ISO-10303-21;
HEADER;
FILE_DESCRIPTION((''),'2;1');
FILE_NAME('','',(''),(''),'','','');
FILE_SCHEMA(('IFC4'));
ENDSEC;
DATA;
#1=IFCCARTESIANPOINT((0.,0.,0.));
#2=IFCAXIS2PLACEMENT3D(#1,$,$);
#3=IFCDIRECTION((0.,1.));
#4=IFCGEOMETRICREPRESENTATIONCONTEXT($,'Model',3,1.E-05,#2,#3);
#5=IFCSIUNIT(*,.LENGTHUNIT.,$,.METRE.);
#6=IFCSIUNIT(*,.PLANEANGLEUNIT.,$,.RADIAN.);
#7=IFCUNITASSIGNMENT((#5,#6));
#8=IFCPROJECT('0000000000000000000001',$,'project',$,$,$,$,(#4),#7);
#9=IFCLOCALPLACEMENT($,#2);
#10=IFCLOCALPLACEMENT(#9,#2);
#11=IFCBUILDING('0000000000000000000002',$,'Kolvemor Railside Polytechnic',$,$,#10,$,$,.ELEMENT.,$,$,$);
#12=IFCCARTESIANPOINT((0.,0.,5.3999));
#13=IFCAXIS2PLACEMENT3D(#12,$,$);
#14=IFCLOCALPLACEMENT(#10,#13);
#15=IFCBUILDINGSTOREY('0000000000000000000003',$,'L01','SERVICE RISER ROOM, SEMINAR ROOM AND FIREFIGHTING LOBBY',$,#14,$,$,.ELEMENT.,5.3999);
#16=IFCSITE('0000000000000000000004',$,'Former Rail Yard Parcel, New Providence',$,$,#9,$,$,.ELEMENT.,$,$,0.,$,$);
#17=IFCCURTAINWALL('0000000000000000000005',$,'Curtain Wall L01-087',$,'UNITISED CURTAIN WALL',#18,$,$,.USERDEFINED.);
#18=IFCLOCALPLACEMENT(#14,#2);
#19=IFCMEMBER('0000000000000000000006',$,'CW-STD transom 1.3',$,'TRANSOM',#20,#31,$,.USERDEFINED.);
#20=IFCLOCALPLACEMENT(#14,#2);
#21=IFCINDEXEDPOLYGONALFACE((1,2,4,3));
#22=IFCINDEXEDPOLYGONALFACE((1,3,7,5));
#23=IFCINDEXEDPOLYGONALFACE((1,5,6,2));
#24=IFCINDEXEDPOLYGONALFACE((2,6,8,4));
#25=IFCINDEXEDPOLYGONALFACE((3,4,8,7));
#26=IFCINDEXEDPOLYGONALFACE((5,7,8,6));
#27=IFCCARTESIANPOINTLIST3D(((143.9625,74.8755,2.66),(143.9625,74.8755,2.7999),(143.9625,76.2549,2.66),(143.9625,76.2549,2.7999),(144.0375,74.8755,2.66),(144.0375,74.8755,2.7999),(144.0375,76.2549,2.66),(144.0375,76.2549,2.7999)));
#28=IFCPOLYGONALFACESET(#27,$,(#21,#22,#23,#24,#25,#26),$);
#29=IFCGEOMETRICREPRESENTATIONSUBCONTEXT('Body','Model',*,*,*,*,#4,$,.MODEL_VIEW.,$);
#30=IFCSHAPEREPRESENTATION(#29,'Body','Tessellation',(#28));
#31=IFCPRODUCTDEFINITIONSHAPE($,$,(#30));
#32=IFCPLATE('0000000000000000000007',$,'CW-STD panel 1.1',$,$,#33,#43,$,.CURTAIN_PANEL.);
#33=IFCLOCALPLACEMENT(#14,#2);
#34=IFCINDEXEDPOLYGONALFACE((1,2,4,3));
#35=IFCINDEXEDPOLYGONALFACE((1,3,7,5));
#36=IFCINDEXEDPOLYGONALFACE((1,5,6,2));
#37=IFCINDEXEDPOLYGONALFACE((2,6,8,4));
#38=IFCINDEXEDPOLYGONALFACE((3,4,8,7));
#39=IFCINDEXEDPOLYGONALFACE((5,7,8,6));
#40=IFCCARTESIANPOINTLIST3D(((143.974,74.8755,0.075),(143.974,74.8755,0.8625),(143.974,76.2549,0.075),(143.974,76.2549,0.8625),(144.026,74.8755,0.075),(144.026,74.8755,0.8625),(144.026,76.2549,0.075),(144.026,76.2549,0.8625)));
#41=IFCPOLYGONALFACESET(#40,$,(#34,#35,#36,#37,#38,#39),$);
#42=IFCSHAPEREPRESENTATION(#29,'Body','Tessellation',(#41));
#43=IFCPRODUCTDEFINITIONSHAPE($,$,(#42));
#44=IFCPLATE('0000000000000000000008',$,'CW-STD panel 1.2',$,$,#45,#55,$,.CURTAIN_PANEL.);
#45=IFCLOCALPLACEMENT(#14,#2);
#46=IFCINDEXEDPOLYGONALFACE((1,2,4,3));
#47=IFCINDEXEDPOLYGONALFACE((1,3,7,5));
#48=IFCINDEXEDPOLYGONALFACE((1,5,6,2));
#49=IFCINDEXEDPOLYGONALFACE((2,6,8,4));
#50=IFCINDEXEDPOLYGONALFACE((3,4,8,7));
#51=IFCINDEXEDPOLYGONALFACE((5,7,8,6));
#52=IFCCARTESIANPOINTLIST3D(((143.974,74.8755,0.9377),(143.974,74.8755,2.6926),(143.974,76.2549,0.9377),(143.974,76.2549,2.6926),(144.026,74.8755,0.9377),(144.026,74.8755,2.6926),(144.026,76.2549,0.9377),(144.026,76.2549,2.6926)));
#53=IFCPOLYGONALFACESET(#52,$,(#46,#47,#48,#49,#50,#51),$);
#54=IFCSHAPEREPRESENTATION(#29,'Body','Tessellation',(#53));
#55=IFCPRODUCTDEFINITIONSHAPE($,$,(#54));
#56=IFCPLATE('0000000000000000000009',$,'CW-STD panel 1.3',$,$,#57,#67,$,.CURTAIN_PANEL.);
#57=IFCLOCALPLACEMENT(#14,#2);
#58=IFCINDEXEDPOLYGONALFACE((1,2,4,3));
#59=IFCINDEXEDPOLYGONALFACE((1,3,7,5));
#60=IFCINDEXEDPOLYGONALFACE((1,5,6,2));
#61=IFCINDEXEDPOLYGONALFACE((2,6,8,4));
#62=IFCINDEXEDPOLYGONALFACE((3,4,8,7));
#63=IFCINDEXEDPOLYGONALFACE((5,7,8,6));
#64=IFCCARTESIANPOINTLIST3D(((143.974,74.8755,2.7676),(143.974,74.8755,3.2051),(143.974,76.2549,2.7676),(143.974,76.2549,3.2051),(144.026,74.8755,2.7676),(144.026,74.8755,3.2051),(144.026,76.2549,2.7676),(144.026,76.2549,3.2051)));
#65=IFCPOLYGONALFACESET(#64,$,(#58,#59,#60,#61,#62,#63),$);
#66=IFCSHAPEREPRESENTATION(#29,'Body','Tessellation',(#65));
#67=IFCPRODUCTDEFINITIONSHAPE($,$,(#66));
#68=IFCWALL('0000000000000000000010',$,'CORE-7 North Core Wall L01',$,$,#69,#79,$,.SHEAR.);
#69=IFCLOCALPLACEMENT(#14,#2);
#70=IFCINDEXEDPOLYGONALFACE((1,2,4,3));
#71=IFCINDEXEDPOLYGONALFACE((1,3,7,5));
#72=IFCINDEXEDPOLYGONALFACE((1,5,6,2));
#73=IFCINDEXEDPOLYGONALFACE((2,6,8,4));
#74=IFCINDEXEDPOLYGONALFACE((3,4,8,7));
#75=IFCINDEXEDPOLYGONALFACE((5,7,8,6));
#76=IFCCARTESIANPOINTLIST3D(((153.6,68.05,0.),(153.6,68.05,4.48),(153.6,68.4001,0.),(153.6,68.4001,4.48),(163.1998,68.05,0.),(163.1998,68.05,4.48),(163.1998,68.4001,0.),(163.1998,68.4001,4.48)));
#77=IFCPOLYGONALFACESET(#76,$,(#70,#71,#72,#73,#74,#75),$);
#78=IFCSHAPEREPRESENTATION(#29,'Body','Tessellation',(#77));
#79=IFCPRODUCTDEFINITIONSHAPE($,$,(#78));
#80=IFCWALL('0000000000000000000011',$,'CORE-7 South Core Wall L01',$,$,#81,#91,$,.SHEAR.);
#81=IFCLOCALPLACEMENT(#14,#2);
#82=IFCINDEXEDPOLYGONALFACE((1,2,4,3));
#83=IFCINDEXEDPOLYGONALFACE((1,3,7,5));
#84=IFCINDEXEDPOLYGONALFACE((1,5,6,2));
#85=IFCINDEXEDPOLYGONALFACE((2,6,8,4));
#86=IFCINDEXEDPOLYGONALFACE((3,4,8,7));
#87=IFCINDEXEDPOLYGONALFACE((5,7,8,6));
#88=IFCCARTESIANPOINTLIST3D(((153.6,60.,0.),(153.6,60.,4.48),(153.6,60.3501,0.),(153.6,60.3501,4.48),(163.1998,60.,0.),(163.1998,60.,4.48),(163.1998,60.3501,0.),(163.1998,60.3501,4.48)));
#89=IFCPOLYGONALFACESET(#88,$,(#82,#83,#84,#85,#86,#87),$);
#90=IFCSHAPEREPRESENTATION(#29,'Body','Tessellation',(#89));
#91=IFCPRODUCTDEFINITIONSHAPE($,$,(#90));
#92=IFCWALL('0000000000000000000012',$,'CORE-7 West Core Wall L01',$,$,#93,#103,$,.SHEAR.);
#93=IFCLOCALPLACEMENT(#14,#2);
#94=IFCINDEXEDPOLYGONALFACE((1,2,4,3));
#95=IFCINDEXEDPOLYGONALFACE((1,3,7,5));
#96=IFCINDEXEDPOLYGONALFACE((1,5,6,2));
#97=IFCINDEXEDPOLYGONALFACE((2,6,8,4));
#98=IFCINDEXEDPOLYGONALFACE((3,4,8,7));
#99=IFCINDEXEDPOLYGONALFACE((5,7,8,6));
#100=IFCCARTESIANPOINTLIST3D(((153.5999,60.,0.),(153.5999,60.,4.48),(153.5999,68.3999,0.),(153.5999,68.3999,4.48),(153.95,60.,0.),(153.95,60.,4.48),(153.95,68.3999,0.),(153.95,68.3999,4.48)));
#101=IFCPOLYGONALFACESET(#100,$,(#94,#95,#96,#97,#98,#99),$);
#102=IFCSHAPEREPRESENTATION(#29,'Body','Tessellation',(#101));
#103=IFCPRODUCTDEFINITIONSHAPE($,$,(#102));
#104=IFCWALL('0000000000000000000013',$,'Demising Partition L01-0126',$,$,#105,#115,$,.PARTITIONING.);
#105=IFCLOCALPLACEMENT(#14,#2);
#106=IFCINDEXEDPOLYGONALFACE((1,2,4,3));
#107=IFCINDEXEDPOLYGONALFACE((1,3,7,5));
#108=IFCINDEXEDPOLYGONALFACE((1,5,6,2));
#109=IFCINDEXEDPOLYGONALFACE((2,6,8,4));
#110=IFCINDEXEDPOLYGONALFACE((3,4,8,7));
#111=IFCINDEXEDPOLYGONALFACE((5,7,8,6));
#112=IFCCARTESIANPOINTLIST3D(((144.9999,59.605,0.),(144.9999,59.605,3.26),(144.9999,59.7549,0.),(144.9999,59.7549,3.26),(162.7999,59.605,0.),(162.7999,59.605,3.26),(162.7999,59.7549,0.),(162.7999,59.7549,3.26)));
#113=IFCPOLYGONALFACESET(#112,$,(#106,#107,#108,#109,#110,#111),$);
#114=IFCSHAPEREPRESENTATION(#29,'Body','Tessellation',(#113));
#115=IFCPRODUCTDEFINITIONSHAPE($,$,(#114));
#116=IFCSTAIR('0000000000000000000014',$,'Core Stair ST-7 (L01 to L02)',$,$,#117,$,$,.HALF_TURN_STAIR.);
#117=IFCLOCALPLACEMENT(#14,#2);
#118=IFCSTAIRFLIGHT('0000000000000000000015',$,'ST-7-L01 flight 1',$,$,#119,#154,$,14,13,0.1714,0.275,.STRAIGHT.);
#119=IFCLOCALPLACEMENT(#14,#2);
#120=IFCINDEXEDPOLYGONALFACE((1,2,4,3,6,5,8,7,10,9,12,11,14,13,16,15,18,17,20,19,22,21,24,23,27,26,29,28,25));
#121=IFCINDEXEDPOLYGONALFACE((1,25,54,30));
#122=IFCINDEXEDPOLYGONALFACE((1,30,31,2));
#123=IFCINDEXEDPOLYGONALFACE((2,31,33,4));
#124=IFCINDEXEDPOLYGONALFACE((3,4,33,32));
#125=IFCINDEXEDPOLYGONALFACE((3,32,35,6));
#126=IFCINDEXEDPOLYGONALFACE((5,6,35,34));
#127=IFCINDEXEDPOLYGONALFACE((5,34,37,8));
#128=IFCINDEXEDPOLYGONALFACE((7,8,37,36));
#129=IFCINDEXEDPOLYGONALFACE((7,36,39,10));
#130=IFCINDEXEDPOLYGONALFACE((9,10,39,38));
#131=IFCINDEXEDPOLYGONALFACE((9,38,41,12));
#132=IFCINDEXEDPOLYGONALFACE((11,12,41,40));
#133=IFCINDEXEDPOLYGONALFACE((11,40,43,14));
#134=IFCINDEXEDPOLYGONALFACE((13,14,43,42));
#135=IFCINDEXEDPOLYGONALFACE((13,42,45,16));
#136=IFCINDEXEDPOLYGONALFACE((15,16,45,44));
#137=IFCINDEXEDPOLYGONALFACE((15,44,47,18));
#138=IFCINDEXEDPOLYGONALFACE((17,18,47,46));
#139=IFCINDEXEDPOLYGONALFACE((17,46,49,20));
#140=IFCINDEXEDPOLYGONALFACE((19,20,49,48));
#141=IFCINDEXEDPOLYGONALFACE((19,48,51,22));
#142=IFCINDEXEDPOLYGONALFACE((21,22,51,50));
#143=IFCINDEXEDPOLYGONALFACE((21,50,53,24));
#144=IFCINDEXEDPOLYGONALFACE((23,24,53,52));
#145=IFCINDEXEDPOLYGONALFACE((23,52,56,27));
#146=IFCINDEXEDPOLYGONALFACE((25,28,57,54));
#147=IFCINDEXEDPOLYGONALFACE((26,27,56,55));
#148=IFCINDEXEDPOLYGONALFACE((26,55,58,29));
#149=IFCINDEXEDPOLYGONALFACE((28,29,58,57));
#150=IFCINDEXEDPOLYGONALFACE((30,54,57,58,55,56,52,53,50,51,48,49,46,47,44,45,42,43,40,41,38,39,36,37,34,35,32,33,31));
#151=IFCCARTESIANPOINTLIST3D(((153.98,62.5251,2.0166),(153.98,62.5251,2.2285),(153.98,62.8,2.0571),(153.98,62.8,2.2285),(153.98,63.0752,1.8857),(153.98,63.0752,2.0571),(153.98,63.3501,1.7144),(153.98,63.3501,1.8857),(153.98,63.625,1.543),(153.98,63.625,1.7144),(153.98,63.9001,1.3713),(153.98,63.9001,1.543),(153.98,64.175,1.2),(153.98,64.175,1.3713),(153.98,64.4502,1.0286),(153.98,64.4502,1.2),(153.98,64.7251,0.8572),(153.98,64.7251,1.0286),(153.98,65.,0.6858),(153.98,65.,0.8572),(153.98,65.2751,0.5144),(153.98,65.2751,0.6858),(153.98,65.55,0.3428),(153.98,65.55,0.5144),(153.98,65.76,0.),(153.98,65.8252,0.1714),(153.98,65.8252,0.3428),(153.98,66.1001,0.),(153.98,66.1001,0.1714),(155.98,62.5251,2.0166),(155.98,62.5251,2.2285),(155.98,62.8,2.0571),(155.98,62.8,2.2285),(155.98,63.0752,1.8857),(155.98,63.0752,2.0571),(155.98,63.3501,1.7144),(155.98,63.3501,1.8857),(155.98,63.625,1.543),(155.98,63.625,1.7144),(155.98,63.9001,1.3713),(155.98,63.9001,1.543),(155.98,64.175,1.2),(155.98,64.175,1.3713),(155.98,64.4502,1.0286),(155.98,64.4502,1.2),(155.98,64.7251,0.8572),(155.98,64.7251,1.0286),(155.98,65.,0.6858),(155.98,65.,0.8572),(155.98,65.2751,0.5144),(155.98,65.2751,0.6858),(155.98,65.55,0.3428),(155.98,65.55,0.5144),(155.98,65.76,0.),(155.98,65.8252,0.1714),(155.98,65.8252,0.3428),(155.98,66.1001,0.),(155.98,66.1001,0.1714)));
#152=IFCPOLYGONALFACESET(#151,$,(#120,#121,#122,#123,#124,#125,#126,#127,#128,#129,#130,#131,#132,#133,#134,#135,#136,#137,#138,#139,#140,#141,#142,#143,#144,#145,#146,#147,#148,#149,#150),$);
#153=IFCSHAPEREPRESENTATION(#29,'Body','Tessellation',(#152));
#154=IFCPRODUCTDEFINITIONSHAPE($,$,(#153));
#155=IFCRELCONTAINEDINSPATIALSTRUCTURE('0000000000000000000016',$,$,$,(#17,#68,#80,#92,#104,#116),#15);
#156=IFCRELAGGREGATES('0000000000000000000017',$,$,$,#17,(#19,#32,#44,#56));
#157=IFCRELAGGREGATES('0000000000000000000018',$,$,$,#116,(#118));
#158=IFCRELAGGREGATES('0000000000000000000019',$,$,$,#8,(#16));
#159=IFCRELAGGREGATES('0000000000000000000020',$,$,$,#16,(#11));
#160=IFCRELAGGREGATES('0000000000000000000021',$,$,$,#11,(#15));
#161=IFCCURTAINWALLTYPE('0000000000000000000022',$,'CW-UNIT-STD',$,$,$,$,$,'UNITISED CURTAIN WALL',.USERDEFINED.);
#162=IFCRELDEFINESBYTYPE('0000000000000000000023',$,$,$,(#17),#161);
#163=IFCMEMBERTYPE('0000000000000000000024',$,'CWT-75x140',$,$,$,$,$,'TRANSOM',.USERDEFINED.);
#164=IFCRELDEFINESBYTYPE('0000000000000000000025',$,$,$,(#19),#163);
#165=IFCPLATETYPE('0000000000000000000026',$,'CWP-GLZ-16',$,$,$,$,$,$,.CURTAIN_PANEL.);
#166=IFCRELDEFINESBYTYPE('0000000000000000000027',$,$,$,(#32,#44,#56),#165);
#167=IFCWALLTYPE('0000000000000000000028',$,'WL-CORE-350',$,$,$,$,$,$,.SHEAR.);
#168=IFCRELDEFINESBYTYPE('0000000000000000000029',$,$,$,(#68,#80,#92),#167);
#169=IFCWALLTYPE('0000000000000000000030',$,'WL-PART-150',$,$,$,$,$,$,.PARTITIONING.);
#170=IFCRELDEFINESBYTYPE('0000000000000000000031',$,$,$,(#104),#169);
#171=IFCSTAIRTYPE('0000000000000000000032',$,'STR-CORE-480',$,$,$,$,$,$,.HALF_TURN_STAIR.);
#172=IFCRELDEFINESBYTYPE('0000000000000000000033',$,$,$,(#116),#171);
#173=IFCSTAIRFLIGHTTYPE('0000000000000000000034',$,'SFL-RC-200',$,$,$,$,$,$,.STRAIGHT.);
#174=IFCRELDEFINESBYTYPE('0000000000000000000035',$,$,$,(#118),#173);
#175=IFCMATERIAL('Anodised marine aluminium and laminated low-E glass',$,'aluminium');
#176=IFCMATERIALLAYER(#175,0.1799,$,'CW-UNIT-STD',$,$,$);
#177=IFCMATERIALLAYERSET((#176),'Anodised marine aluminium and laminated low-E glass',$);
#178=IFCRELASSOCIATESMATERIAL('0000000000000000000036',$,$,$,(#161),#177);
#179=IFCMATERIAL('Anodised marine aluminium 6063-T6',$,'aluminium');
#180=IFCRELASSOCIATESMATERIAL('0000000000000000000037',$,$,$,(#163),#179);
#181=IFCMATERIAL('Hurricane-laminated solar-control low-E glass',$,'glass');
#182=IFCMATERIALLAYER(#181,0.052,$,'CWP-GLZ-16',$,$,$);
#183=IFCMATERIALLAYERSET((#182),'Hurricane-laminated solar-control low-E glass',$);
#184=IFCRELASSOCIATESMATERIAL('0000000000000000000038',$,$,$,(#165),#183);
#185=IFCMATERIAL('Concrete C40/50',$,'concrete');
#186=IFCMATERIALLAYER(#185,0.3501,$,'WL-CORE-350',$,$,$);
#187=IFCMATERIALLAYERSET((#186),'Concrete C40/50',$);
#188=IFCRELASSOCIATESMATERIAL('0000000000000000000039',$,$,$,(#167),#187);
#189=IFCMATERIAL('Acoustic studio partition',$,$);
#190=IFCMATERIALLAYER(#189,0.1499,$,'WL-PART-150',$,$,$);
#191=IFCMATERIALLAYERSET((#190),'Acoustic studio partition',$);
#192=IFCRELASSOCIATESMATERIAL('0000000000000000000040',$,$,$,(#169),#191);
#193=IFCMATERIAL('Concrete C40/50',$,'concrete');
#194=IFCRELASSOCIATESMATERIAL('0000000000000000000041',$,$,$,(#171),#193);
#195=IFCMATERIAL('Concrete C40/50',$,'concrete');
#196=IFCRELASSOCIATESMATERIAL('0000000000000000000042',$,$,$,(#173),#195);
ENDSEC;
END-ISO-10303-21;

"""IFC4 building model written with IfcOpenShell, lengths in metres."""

from ifc_helpers import new_model, si_unit, direction, frame, frame_2d, origin, origin_2d, place, context, subcontext, project, spatial, polyline, rectangle, outline, extrude, material, layer, layer_set, material_profile, profile_set, type_object, element, aggregate, save


model = new_model("IFC4")

# Units and contexts
model_context = context("Model", 3, precision=1e-05, world=origin(), true_north=direction((0.0, 1.0)))
body_context = subcontext(model_context, "Body", "Model", "MODEL_VIEW")
ifc_project = project(units=[si_unit("LENGTHUNIT", "METRE"), si_unit("PLANEANGLEUNIT", "RADIAN")], contexts=[model_context])

# Site, building, storey
site_placement = place(None, origin())
site = spatial("IfcSite", under=ifc_project, at=site_placement, Name="Former Rail Yard Parcel, New Providence", CompositionType="ELEMENT", RefElevation=0.0)
building_placement = place(site_placement, origin())
building = spatial("IfcBuilding", under=site, at=building_placement, Name="Kolvemor Railside Polytechnic", CompositionType="ELEMENT")
storey_placement = place(building_placement, frame((0.0, 0.0, 5.3999)))
storey = spatial("IfcBuildingStorey", under=building, at=storey_placement, Name="L01", Description="SERVICE RISER ROOM, SEMINAR ROOM AND FIREFIGHTING LOBBY", CompositionType="ELEMENT", Elevation=5.3999)

# Curtain wall, member, plates
ifc_material_1 = material(Name="Anodised marine aluminium and laminated low-E glass", Category="aluminium")
ifc_layer_1 = layer(ifc_material_1, 0.1799, Name="CW-UNIT-STD")
ifc_layer_set_1 = layer_set([ifc_layer_1], Name="Anodised marine aluminium and laminated low-E glass")
curtain_wall_type = type_object("IfcCurtainWallType", Name="CW-UNIT-STD", ElementType="UNITISED CURTAIN WALL", PredefinedType="USERDEFINED", material=ifc_layer_set_1)
curtain_wall_placement = place(storey_placement, origin())
curtain_wall = element("IfcCurtainWall", 1, at=curtain_wall_placement, inside=storey, type_object=curtain_wall_type, Name="Curtain Wall L01-087", ObjectType="UNITISED CURTAIN WALL", PredefinedType="USERDEFINED")
ifc_material_2 = material(Name="Anodised marine aluminium 6063-T6", Category="aluminium")
ifc_material_profile_1 = material_profile(ifc_material_2, rectangle(XDim=0.075, YDim=0.1399, at=origin_2d()), Name="CW-TRN-75x140")
ifc_profile_set_1 = profile_set([ifc_material_profile_1], Name="Anodised marine aluminium 6063-T6")
member_type_1 = type_object("IfcMemberType", Name="CWT-75x140", ElementType="TRANSOM", PredefinedType="USERDEFINED", material=ifc_profile_set_1)
member_1_placement = place(storey_placement, frame((144.0, 76.2549, 2.73), z_axis=(0.0, -1.0, 0.0), x_axis=(1.0, 0.0, 0.0)))
member_1 = element("IfcMember", 2, at=member_1_placement, type_object=member_type_1, Name="CW-STD transom 1.3", ObjectType="TRANSOM", PredefinedType="USERDEFINED", context=body_context, shape_type="SweptSolid", body=[
    extrude(rectangle(XDim=0.075, YDim=0.1399, at=origin_2d()), origin(), (0.0, 0.0, 1.0), 1.3794),
])
ifc_material_3 = material(Name="Hurricane-laminated solar-control low-E glass", Category="glass")
ifc_layer_2 = layer(ifc_material_3, 0.052, Name="CWP-GLZ-16")
ifc_layer_set_2 = layer_set([ifc_layer_2], Name="Hurricane-laminated solar-control low-E glass")
plate_type = type_object("IfcPlateType", Name="CWP-GLZ-16", PredefinedType="CURTAIN_PANEL", material=ifc_layer_set_2)
plate_1_placement = place(storey_placement, frame((144.0, 75.5652, 0.075), z_axis=(0.0, 0.0, 1.0), x_axis=(0.0, -1.0, 0.0)))
plate_1 = element("IfcPlate", 3, at=plate_1_placement, type_object=plate_type, Name="CW-STD panel 1.1", PredefinedType="CURTAIN_PANEL", context=body_context, shape_type="SweptSolid", body=[
    extrude(rectangle(XDim=1.3794, YDim=0.052, at=origin_2d()), origin(), (0.0, 0.0, 1.0), 0.7876),
])
plate_2_placement = place(storey_placement, frame((144.0, 75.5652, 0.9377), z_axis=(0.0, 0.0, 1.0), x_axis=(0.0, -1.0, 0.0)))
plate_2 = element("IfcPlate", 4, at=plate_2_placement, type_object=plate_type, Name="CW-STD panel 1.2", PredefinedType="CURTAIN_PANEL", context=body_context, shape_type="SweptSolid", body=[
    extrude(rectangle(XDim=1.3794, YDim=0.052, at=origin_2d()), origin(), (0.0, 0.0, 1.0), 1.7549),
])
plate_3_placement = place(storey_placement, frame((144.0, 75.5652, 2.7676), z_axis=(0.0, 0.0, 1.0), x_axis=(0.0, -1.0, 0.0)))
plate_3 = element("IfcPlate", 5, at=plate_3_placement, type_object=plate_type, Name="CW-STD panel 1.3", PredefinedType="CURTAIN_PANEL", context=body_context, shape_type="SweptSolid", body=[
    extrude(rectangle(XDim=1.3794, YDim=0.052, at=origin_2d()), origin(), (0.0, 0.0, 1.0), 0.4375),
])
aggregate(curtain_wall, [member_1, plate_1, plate_2, plate_3])

# Walls
ifc_material_4 = material(Name="Concrete C40/50", Category="concrete")
ifc_layer_3 = layer(ifc_material_4, 0.3501, Name="WL-CORE-350")
ifc_layer_set_3 = layer_set([ifc_layer_3], Name="Concrete C40/50")
wall_type_1 = type_object("IfcWallType", Name="WL-CORE-350", PredefinedType="SHEAR", material=ifc_layer_set_3)
for number, where, z_axis, x_axis, name in (
    (6, (153.6001, 68.2251, 0.0), (0.0, 0.0, 1.0), (1.0, 0.0, 0.0), "CORE-7 North Core Wall L01"),
    (7, (153.6001, 60.175, 0.0), (0.0, 0.0, 1.0), (1.0, 0.0, 0.0), "CORE-7 South Core Wall L01"),
):
    element("IfcWall", number, at=place(storey_placement, frame(where, z_axis=z_axis, x_axis=x_axis)), inside=storey, type_object=wall_type_1, Name=name, PredefinedType="SHEAR", context=body_context, shape_type="SweptSolid", body=[
        extrude(rectangle(XDim=9.5999, YDim=0.3501, at=frame_2d((4.7998, 0.0))), origin(), (0.0, 0.0, 1.0), 4.48),
    ])
wall_1_placement = place(storey_placement, frame((153.7749, 60.0, 0.0), z_axis=(0.0, 0.0, 1.0), x_axis=(0.0, 1.0, 0.0)))
element("IfcWall", 8, at=wall_1_placement, inside=storey, type_object=wall_type_1, Name="CORE-7 West Core Wall L01", PredefinedType="SHEAR", context=body_context, shape_type="SweptSolid", body=[
    extrude(rectangle(XDim=8.3999, YDim=0.3501, at=frame_2d((4.2, 0.0))), origin(), (0.0, 0.0, 1.0), 4.48),
])
ifc_material_5 = material(Name="Acoustic studio partition")
ifc_layer_4 = layer(ifc_material_5, 0.1499, Name="WL-PART-150")
ifc_layer_set_4 = layer_set([ifc_layer_4], Name="Acoustic studio partition")
wall_type_2 = type_object("IfcWallType", Name="WL-PART-150", PredefinedType="PARTITIONING", material=ifc_layer_set_4)
wall_2_placement = place(storey_placement, frame((145.0, 59.6799, 0.0), z_axis=(0.0, 0.0, 1.0), x_axis=(1.0, 0.0, 0.0)))
element("IfcWall", 9, at=wall_2_placement, inside=storey, type_object=wall_type_2, Name="Demising Partition L01-0126", PredefinedType="PARTITIONING", context=body_context, shape_type="SweptSolid", body=[
    extrude(rectangle(XDim=17.8, YDim=0.1499, at=frame_2d((8.8999, 0.0))), origin(), (0.0, 0.0, 1.0), 3.26),
])

# Stair, stair flight
ifc_material_6 = material(Name="Concrete C40/50", Category="concrete")
stair_type = type_object("IfcStairType", Name="STR-CORE-480", PredefinedType="HALF_TURN_STAIR", material=ifc_material_6)
stair_placement = place(storey_placement, origin())
stair = element("IfcStair", 10, at=stair_placement, inside=storey, type_object=stair_type, Name="Core Stair ST-7 (L01 to L02)", PredefinedType="HALF_TURN_STAIR")
ifc_material_7 = material(Name="Concrete C40/50", Category="concrete")
stair_flight_type = type_object("IfcStairFlightType", Name="SFL-RC-200", PredefinedType="STRAIGHT", material=ifc_material_7)
stair_flight_placement = place(storey_placement, frame((154.98, 66.1001, 0.0), z_axis=(0.0, 0.0, 1.0), x_axis=(0.0, -1.0, 0.0)))
stair_flight = element("IfcStairFlight", 11, at=stair_flight_placement, type_object=stair_flight_type, Name="ST-7-L01 flight 1", NumberOfRisers=14, NumberOfTreads=13, PredefinedType="STRAIGHT", RiserHeight=0.1714, TreadLength=0.275, context=body_context, shape_type="SweptSolid", body=[
    extrude(outline(polyline([(0.0, 0.0), (0.0, 0.1714), (0.2749, 0.1714), (0.2749, 0.3428), (0.55, 0.3428), (0.55, 0.5144), (0.825, 0.5144), (0.825, 0.6858), (1.1001, 0.6858), (1.1001, 0.8572), (1.375, 0.8572), (1.375, 1.0286), (1.6499, 1.0286), (1.6499, 1.2), (1.925, 1.2), (1.925, 1.3713), (2.2, 1.3713), (2.2, 1.543), (2.4751, 1.543), (2.4751, 1.7144), (2.75, 1.7144), (2.75, 1.8857), (3.0249, 1.8857), (3.0249, 2.0571), (3.3, 2.0571), (3.3, 2.2285), (3.575, 2.2285), (3.575, 2.3999), (3.575, 2.0166), (0.3401, 0.0), (0.0, 0.0)])), frame((0.0, 1.0, 0.0), z_axis=(0.0, -1.0, 0.0), x_axis=(1.0, 0.0, 0.0)), (0.0, 0.0, 1.0), 2.0),
])
aggregate(stair, [stair_flight])

save(model, "model.ifc")
